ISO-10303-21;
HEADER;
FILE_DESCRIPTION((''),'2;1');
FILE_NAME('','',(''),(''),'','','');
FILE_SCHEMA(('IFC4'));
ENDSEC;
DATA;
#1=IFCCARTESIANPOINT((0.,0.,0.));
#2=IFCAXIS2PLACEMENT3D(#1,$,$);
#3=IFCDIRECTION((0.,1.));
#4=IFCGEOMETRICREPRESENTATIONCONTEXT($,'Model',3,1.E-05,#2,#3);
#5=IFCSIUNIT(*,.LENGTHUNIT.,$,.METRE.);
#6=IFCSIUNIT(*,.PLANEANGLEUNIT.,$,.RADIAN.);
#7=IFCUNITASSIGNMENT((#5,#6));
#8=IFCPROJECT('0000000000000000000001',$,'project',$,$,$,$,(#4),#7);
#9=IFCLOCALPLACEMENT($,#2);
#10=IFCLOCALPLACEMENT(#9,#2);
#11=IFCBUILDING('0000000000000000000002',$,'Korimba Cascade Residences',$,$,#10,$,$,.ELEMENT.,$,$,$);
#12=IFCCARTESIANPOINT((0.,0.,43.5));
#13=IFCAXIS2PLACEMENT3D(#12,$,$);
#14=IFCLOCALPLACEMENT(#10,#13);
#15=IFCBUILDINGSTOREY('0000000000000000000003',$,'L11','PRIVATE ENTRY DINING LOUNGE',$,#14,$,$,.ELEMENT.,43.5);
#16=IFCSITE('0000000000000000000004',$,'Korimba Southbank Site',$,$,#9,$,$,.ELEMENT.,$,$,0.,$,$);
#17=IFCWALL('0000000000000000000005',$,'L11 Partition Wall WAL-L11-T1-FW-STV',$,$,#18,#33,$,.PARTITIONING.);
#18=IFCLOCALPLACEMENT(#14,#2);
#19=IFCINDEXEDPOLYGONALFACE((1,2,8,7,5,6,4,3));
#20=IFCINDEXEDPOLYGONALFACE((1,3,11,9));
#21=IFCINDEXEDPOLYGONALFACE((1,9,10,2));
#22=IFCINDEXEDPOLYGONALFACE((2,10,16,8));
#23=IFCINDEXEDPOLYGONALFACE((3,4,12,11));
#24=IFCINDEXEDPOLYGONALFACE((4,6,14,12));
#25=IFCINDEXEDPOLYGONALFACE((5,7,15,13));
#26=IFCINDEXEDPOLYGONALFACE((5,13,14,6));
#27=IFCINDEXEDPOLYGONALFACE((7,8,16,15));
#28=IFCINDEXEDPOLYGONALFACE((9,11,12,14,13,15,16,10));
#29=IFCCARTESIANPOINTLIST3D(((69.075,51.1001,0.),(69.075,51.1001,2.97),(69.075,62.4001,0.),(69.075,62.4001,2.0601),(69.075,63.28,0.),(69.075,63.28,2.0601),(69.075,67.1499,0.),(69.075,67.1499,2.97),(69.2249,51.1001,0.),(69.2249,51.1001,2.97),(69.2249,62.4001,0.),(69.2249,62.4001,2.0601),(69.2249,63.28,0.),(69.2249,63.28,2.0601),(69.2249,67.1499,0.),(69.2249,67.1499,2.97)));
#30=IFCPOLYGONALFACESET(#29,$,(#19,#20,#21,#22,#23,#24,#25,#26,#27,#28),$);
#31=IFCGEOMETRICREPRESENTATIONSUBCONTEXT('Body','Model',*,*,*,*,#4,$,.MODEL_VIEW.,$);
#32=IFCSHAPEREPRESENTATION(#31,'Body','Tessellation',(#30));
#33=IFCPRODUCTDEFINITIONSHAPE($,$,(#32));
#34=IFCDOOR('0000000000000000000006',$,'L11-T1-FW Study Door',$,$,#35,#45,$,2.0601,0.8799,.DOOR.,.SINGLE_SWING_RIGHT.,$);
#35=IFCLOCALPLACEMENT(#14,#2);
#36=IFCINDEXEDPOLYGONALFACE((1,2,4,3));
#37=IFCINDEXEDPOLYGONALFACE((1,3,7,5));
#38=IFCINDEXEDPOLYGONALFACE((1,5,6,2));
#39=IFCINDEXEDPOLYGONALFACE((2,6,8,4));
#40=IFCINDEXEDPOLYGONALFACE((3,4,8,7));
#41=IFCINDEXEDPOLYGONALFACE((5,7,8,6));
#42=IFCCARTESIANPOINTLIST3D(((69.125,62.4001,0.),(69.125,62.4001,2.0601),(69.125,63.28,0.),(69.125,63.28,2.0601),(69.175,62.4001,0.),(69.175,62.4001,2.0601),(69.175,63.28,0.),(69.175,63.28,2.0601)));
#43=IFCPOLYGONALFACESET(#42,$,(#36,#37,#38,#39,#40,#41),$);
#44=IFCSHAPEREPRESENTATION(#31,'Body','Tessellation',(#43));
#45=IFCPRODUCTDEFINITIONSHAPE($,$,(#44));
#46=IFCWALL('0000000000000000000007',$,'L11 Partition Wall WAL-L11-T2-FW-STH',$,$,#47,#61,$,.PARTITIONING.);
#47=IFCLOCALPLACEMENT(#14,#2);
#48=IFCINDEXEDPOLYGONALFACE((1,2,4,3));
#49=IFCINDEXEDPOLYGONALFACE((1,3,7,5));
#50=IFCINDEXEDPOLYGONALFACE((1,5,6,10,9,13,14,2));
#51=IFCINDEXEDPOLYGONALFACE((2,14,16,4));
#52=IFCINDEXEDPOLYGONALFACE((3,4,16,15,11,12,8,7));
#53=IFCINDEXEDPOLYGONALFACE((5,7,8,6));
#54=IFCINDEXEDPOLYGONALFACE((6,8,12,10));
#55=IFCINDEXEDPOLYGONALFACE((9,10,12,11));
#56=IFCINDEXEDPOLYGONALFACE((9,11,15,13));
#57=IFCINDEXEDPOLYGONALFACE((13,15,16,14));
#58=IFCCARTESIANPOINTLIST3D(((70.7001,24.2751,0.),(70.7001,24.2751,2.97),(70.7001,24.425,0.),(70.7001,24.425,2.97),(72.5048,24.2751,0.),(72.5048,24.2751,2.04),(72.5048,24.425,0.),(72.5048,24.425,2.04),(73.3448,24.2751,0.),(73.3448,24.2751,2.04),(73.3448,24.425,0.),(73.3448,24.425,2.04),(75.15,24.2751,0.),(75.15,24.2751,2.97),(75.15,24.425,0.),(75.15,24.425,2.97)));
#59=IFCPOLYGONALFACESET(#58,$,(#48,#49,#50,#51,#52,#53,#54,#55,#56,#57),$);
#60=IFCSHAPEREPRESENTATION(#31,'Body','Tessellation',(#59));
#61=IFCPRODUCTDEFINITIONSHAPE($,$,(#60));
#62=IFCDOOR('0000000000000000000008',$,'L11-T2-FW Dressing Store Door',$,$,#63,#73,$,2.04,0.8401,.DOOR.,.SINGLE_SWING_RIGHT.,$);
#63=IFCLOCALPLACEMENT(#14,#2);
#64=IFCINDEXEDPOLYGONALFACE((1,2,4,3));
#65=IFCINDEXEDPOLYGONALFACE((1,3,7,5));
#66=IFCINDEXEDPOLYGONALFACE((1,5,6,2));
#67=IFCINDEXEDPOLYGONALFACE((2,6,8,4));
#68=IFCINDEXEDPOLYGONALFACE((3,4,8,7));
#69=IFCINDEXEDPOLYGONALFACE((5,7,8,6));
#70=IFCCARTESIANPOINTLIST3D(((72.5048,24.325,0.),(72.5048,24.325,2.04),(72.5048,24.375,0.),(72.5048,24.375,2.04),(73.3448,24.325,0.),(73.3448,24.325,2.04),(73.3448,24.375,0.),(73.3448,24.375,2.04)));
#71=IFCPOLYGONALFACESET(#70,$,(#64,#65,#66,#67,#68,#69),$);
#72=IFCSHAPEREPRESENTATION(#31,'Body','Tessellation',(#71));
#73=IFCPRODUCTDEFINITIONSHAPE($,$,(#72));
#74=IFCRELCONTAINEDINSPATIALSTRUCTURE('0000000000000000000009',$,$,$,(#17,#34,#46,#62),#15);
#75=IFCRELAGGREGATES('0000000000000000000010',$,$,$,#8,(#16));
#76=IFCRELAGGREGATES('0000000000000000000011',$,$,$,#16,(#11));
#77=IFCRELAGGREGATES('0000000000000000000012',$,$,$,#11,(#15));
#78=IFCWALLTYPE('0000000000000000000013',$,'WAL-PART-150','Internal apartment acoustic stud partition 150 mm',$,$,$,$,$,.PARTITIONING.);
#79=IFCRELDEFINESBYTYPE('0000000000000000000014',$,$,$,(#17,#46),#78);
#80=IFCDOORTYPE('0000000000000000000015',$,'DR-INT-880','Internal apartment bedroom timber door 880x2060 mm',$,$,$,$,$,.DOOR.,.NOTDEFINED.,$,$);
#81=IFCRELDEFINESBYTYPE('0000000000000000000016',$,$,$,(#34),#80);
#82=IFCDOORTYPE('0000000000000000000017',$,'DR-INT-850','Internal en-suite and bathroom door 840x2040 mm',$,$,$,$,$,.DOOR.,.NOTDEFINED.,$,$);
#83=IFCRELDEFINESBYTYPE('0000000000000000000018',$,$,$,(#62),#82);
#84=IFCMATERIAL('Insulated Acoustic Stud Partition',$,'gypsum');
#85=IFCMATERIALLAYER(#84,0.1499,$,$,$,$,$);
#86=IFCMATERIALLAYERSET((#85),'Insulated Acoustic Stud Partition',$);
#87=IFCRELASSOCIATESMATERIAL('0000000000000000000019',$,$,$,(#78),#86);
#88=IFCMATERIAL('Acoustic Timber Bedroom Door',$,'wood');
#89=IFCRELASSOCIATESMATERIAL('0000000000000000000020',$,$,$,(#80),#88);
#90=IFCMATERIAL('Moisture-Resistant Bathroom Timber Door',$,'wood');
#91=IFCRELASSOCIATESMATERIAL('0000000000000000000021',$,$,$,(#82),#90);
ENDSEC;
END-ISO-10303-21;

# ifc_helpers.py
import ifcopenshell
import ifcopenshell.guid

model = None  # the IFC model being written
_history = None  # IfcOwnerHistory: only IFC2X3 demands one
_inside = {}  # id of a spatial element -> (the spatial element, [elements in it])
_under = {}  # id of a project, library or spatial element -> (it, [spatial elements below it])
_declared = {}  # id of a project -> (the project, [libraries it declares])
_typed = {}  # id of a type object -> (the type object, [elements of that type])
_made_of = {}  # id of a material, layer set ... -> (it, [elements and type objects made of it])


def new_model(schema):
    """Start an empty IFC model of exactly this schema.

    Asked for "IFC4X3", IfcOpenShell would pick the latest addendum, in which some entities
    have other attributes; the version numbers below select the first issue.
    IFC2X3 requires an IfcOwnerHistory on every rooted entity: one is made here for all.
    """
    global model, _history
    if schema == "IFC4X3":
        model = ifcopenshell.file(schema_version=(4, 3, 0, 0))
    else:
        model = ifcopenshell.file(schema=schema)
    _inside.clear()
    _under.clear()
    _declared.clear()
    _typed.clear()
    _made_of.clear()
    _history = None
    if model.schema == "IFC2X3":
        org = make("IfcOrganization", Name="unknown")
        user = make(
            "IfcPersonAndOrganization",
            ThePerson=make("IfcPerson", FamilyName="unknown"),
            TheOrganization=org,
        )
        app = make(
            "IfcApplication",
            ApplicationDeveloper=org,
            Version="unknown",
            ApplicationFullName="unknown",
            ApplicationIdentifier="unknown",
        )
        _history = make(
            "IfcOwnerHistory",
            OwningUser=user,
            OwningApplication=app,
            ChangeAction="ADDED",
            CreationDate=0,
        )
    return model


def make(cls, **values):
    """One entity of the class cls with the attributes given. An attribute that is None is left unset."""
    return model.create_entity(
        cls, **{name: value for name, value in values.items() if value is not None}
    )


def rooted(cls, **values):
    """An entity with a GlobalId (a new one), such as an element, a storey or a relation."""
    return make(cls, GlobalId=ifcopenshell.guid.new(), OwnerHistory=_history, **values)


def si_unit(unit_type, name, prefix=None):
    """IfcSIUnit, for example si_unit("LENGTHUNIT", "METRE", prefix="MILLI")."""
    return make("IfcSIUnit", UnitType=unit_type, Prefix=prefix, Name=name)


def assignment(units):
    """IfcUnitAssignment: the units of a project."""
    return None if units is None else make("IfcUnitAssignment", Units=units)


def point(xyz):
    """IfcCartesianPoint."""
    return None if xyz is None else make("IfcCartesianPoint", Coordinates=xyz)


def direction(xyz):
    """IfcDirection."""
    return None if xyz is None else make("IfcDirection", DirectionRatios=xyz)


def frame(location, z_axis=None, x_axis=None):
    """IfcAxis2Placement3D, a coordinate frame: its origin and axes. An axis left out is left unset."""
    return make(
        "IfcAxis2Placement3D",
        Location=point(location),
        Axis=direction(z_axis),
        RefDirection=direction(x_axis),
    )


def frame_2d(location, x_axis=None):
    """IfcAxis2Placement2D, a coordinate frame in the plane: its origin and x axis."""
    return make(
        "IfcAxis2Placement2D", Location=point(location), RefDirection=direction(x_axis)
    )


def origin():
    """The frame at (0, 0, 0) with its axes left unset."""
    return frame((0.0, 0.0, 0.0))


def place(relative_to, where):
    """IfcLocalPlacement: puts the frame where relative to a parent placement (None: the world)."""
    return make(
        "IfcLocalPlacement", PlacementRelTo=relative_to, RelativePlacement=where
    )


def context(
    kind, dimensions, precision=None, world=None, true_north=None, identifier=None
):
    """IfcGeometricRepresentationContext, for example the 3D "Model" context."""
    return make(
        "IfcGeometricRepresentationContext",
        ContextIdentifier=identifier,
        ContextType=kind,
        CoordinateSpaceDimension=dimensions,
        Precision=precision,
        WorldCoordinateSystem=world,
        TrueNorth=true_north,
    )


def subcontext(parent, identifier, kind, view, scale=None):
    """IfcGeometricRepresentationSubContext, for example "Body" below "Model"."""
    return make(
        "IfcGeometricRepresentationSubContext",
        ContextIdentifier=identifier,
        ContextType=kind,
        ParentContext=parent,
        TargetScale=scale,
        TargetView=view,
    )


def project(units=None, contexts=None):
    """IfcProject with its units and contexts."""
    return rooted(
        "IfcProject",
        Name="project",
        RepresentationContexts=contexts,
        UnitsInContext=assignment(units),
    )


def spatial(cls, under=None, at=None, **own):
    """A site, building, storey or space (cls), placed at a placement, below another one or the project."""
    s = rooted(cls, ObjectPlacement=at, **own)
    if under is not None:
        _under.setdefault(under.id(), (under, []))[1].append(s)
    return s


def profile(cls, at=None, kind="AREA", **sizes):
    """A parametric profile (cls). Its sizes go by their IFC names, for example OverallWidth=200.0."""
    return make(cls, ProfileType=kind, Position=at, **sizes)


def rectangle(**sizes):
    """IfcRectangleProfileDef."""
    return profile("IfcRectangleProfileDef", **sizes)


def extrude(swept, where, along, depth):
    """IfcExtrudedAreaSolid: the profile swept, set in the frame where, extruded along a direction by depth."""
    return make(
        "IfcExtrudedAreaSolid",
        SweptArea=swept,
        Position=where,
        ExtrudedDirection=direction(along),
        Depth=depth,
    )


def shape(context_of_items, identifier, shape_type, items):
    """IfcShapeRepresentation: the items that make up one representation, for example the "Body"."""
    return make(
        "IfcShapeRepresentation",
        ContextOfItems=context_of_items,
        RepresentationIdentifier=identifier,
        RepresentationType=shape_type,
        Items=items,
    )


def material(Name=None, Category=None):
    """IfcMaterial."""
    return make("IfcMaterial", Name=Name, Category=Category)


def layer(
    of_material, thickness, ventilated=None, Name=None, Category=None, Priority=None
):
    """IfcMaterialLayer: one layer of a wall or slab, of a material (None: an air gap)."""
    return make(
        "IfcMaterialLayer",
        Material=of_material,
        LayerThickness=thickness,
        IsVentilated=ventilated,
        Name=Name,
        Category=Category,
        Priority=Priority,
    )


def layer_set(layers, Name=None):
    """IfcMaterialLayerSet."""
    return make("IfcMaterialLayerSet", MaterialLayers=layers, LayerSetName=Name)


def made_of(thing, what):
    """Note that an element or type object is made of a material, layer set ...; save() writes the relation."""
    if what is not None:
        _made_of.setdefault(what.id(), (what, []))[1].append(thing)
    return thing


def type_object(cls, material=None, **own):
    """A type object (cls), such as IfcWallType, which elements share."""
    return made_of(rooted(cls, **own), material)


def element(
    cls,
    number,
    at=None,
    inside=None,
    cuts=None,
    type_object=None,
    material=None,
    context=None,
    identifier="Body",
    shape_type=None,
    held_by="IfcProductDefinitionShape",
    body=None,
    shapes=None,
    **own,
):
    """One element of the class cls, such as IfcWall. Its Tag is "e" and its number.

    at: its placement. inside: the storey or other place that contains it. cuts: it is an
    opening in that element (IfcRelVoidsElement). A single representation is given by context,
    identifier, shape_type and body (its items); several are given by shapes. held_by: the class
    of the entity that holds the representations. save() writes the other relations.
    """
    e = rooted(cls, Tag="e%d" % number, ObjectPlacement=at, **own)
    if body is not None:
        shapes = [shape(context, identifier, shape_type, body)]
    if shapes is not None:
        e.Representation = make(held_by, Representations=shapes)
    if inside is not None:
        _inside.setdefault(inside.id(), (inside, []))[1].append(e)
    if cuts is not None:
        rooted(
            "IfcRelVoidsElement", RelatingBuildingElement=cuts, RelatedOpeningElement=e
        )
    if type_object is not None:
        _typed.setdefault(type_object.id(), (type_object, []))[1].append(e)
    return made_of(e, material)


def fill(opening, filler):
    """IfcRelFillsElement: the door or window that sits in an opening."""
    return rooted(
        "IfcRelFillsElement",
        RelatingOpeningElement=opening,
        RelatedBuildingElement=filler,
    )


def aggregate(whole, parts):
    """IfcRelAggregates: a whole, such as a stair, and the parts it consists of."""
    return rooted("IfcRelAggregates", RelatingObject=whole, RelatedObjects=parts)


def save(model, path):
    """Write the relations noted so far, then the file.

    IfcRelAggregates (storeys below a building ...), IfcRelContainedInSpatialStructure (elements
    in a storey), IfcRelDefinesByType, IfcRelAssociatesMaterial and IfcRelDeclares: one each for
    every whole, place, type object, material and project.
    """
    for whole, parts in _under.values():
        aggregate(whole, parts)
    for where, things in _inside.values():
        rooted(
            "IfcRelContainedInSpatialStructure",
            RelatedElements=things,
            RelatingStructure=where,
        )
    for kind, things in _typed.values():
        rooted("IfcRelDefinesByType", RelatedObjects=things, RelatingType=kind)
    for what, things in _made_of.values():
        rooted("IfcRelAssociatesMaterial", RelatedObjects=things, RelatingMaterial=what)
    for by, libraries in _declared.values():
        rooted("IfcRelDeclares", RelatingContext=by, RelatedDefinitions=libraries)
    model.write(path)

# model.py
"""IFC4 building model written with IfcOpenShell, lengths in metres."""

from ifc_helpers import new_model, si_unit, direction, frame, frame_2d, origin, place, context, subcontext, project, spatial, rectangle, extrude, material, layer, layer_set, type_object, element, fill, save


model = new_model("IFC4")

# Units and contexts
model_context = context("Model", 3, precision=1e-05, world=origin(), true_north=direction((0.0, 1.0)))
body_context = subcontext(model_context, "Body", "Model", "MODEL_VIEW")
ifc_project = project(units=[si_unit("LENGTHUNIT", "METRE"), si_unit("PLANEANGLEUNIT", "RADIAN")], contexts=[model_context])

# Site, building, storey
site_placement = place(None, origin())
site = spatial("IfcSite", under=ifc_project, at=site_placement, Name="Korimba Southbank Site", CompositionType="ELEMENT", RefElevation=0.0)
building_placement = place(site_placement, origin())
building = spatial("IfcBuilding", under=site, at=building_placement, Name="Korimba Cascade Residences", CompositionType="ELEMENT")
storey_placement = place(building_placement, frame((0.0, 0.0, 43.5)))
storey = spatial("IfcBuildingStorey", under=building, at=storey_placement, Name="L11", Description="PRIVATE ENTRY DINING LOUNGE", CompositionType="ELEMENT", Elevation=43.5)

# Walls, openings, doors
ifc_material_1 = material(Name="Insulated Acoustic Stud Partition", Category="gypsum")
ifc_layer_1 = layer(ifc_material_1, 0.1499)
ifc_layer_set_1 = layer_set([ifc_layer_1], Name="Insulated Acoustic Stud Partition")
wall_type_1 = type_object("IfcWallType", Name="WAL-PART-150", Description="Internal apartment acoustic stud partition 150 mm", PredefinedType="PARTITIONING", material=ifc_layer_set_1)
wall_1_placement = place(storey_placement, frame((69.1499, 51.1001, 0.0), z_axis=(0.0, 0.0, 1.0), x_axis=(0.0, 1.0, 0.0)))
wall_1 = element("IfcWall", 1, at=wall_1_placement, inside=storey, type_object=wall_type_1, Name="L11 Partition Wall WAL-L11-T1-FW-STV", PredefinedType="PARTITIONING", context=body_context, shape_type="SweptSolid", body=[
    extrude(rectangle(XDim=16.0498, YDim=0.1499, at=frame_2d((8.0249, 0.0))), origin(), (0.0, 0.0, 1.0), 2.97),
])
opening_1_placement = place(wall_1_placement, frame((11.3, 0.0, 0.0)))
opening_1 = element("IfcOpeningElement", 2, at=opening_1_placement, cuts=wall_1, PredefinedType="OPENING", context=body_context, shape_type="SweptSolid", body=[
    extrude(rectangle(XDim=0.8799, YDim=2.0601, at=frame_2d((0.4399, 1.03))), frame((0.0, 0.085, 0.0), z_axis=(0.0, -1.0, 0.0), x_axis=(1.0, 0.0, 0.0)), (0.0, 0.0, 1.0), 0.1699),
])
ifc_material_2 = material(Name="Acoustic Timber Bedroom Door", Category="wood")
door_type_1 = type_object("IfcDoorType", Name="DR-INT-880", Description="Internal apartment bedroom timber door 880x2060 mm", OperationType="NOTDEFINED", PredefinedType="DOOR", material=ifc_material_2)
door_1_placement = place(opening_1_placement, origin())
door_1 = element("IfcDoor", 3, at=door_1_placement, inside=storey, type_object=door_type_1, Name="L11-T1-FW Study Door", OperationType="SINGLE_SWING_RIGHT", OverallHeight=2.0601, OverallWidth=0.8799, PredefinedType="DOOR", context=body_context, shape_type="SweptSolid", body=[
    extrude(rectangle(XDim=0.8799, YDim=2.0601, at=frame_2d((0.4399, 1.03))), frame((0.0, 0.0249, 0.0), z_axis=(0.0, -1.0, 0.0), x_axis=(1.0, 0.0, 0.0)), (0.0, 0.0, 1.0), 0.05),
])
fill(opening_1, door_1)
wall_2_placement = place(storey_placement, frame((70.7, 24.3501, 0.0), z_axis=(0.0, 0.0, 1.0), x_axis=(1.0, 0.0, 0.0)))
wall_2 = element("IfcWall", 4, at=wall_2_placement, inside=storey, type_object=wall_type_1, Name="L11 Partition Wall WAL-L11-T2-FW-STH", PredefinedType="PARTITIONING", context=body_context, shape_type="SweptSolid", body=[
    extrude(rectangle(XDim=4.45, YDim=0.1499, at=frame_2d((2.2251, 0.0))), origin(), (0.0, 0.0, 1.0), 2.97),
])
opening_2_placement = place(wall_2_placement, frame((1.8049, 0.0, 0.0)))
opening_2 = element("IfcOpeningElement", 5, at=opening_2_placement, cuts=wall_2, PredefinedType="OPENING", context=body_context, shape_type="SweptSolid", body=[
    extrude(rectangle(XDim=0.8401, YDim=2.04, at=frame_2d((0.4199, 1.02))), frame((0.0, 0.085, 0.0), z_axis=(0.0, -1.0, 0.0), x_axis=(1.0, 0.0, 0.0)), (0.0, 0.0, 1.0), 0.1699),
])
ifc_material_3 = material(Name="Moisture-Resistant Bathroom Timber Door", Category="wood")
door_type_2 = type_object("IfcDoorType", Name="DR-INT-850", Description="Internal en-suite and bathroom door 840x2040 mm", OperationType="NOTDEFINED", PredefinedType="DOOR", material=ifc_material_3)
door_2_placement = place(opening_2_placement, origin())
door_2 = element("IfcDoor", 6, at=door_2_placement, inside=storey, type_object=door_type_2, Name="L11-T2-FW Dressing Store Door", OperationType="SINGLE_SWING_RIGHT", OverallHeight=2.04, OverallWidth=0.8401, PredefinedType="DOOR", context=body_context, shape_type="SweptSolid", body=[
    extrude(rectangle(XDim=0.8401, YDim=2.04, at=frame_2d((0.4199, 1.02))), frame((0.0, 0.0249, 0.0), z_axis=(0.0, -1.0, 0.0), x_axis=(1.0, 0.0, 0.0)), (0.0, 0.0, 1.0), 0.05),
])
fill(opening_2, door_2)

save(model, "model.ifc")
